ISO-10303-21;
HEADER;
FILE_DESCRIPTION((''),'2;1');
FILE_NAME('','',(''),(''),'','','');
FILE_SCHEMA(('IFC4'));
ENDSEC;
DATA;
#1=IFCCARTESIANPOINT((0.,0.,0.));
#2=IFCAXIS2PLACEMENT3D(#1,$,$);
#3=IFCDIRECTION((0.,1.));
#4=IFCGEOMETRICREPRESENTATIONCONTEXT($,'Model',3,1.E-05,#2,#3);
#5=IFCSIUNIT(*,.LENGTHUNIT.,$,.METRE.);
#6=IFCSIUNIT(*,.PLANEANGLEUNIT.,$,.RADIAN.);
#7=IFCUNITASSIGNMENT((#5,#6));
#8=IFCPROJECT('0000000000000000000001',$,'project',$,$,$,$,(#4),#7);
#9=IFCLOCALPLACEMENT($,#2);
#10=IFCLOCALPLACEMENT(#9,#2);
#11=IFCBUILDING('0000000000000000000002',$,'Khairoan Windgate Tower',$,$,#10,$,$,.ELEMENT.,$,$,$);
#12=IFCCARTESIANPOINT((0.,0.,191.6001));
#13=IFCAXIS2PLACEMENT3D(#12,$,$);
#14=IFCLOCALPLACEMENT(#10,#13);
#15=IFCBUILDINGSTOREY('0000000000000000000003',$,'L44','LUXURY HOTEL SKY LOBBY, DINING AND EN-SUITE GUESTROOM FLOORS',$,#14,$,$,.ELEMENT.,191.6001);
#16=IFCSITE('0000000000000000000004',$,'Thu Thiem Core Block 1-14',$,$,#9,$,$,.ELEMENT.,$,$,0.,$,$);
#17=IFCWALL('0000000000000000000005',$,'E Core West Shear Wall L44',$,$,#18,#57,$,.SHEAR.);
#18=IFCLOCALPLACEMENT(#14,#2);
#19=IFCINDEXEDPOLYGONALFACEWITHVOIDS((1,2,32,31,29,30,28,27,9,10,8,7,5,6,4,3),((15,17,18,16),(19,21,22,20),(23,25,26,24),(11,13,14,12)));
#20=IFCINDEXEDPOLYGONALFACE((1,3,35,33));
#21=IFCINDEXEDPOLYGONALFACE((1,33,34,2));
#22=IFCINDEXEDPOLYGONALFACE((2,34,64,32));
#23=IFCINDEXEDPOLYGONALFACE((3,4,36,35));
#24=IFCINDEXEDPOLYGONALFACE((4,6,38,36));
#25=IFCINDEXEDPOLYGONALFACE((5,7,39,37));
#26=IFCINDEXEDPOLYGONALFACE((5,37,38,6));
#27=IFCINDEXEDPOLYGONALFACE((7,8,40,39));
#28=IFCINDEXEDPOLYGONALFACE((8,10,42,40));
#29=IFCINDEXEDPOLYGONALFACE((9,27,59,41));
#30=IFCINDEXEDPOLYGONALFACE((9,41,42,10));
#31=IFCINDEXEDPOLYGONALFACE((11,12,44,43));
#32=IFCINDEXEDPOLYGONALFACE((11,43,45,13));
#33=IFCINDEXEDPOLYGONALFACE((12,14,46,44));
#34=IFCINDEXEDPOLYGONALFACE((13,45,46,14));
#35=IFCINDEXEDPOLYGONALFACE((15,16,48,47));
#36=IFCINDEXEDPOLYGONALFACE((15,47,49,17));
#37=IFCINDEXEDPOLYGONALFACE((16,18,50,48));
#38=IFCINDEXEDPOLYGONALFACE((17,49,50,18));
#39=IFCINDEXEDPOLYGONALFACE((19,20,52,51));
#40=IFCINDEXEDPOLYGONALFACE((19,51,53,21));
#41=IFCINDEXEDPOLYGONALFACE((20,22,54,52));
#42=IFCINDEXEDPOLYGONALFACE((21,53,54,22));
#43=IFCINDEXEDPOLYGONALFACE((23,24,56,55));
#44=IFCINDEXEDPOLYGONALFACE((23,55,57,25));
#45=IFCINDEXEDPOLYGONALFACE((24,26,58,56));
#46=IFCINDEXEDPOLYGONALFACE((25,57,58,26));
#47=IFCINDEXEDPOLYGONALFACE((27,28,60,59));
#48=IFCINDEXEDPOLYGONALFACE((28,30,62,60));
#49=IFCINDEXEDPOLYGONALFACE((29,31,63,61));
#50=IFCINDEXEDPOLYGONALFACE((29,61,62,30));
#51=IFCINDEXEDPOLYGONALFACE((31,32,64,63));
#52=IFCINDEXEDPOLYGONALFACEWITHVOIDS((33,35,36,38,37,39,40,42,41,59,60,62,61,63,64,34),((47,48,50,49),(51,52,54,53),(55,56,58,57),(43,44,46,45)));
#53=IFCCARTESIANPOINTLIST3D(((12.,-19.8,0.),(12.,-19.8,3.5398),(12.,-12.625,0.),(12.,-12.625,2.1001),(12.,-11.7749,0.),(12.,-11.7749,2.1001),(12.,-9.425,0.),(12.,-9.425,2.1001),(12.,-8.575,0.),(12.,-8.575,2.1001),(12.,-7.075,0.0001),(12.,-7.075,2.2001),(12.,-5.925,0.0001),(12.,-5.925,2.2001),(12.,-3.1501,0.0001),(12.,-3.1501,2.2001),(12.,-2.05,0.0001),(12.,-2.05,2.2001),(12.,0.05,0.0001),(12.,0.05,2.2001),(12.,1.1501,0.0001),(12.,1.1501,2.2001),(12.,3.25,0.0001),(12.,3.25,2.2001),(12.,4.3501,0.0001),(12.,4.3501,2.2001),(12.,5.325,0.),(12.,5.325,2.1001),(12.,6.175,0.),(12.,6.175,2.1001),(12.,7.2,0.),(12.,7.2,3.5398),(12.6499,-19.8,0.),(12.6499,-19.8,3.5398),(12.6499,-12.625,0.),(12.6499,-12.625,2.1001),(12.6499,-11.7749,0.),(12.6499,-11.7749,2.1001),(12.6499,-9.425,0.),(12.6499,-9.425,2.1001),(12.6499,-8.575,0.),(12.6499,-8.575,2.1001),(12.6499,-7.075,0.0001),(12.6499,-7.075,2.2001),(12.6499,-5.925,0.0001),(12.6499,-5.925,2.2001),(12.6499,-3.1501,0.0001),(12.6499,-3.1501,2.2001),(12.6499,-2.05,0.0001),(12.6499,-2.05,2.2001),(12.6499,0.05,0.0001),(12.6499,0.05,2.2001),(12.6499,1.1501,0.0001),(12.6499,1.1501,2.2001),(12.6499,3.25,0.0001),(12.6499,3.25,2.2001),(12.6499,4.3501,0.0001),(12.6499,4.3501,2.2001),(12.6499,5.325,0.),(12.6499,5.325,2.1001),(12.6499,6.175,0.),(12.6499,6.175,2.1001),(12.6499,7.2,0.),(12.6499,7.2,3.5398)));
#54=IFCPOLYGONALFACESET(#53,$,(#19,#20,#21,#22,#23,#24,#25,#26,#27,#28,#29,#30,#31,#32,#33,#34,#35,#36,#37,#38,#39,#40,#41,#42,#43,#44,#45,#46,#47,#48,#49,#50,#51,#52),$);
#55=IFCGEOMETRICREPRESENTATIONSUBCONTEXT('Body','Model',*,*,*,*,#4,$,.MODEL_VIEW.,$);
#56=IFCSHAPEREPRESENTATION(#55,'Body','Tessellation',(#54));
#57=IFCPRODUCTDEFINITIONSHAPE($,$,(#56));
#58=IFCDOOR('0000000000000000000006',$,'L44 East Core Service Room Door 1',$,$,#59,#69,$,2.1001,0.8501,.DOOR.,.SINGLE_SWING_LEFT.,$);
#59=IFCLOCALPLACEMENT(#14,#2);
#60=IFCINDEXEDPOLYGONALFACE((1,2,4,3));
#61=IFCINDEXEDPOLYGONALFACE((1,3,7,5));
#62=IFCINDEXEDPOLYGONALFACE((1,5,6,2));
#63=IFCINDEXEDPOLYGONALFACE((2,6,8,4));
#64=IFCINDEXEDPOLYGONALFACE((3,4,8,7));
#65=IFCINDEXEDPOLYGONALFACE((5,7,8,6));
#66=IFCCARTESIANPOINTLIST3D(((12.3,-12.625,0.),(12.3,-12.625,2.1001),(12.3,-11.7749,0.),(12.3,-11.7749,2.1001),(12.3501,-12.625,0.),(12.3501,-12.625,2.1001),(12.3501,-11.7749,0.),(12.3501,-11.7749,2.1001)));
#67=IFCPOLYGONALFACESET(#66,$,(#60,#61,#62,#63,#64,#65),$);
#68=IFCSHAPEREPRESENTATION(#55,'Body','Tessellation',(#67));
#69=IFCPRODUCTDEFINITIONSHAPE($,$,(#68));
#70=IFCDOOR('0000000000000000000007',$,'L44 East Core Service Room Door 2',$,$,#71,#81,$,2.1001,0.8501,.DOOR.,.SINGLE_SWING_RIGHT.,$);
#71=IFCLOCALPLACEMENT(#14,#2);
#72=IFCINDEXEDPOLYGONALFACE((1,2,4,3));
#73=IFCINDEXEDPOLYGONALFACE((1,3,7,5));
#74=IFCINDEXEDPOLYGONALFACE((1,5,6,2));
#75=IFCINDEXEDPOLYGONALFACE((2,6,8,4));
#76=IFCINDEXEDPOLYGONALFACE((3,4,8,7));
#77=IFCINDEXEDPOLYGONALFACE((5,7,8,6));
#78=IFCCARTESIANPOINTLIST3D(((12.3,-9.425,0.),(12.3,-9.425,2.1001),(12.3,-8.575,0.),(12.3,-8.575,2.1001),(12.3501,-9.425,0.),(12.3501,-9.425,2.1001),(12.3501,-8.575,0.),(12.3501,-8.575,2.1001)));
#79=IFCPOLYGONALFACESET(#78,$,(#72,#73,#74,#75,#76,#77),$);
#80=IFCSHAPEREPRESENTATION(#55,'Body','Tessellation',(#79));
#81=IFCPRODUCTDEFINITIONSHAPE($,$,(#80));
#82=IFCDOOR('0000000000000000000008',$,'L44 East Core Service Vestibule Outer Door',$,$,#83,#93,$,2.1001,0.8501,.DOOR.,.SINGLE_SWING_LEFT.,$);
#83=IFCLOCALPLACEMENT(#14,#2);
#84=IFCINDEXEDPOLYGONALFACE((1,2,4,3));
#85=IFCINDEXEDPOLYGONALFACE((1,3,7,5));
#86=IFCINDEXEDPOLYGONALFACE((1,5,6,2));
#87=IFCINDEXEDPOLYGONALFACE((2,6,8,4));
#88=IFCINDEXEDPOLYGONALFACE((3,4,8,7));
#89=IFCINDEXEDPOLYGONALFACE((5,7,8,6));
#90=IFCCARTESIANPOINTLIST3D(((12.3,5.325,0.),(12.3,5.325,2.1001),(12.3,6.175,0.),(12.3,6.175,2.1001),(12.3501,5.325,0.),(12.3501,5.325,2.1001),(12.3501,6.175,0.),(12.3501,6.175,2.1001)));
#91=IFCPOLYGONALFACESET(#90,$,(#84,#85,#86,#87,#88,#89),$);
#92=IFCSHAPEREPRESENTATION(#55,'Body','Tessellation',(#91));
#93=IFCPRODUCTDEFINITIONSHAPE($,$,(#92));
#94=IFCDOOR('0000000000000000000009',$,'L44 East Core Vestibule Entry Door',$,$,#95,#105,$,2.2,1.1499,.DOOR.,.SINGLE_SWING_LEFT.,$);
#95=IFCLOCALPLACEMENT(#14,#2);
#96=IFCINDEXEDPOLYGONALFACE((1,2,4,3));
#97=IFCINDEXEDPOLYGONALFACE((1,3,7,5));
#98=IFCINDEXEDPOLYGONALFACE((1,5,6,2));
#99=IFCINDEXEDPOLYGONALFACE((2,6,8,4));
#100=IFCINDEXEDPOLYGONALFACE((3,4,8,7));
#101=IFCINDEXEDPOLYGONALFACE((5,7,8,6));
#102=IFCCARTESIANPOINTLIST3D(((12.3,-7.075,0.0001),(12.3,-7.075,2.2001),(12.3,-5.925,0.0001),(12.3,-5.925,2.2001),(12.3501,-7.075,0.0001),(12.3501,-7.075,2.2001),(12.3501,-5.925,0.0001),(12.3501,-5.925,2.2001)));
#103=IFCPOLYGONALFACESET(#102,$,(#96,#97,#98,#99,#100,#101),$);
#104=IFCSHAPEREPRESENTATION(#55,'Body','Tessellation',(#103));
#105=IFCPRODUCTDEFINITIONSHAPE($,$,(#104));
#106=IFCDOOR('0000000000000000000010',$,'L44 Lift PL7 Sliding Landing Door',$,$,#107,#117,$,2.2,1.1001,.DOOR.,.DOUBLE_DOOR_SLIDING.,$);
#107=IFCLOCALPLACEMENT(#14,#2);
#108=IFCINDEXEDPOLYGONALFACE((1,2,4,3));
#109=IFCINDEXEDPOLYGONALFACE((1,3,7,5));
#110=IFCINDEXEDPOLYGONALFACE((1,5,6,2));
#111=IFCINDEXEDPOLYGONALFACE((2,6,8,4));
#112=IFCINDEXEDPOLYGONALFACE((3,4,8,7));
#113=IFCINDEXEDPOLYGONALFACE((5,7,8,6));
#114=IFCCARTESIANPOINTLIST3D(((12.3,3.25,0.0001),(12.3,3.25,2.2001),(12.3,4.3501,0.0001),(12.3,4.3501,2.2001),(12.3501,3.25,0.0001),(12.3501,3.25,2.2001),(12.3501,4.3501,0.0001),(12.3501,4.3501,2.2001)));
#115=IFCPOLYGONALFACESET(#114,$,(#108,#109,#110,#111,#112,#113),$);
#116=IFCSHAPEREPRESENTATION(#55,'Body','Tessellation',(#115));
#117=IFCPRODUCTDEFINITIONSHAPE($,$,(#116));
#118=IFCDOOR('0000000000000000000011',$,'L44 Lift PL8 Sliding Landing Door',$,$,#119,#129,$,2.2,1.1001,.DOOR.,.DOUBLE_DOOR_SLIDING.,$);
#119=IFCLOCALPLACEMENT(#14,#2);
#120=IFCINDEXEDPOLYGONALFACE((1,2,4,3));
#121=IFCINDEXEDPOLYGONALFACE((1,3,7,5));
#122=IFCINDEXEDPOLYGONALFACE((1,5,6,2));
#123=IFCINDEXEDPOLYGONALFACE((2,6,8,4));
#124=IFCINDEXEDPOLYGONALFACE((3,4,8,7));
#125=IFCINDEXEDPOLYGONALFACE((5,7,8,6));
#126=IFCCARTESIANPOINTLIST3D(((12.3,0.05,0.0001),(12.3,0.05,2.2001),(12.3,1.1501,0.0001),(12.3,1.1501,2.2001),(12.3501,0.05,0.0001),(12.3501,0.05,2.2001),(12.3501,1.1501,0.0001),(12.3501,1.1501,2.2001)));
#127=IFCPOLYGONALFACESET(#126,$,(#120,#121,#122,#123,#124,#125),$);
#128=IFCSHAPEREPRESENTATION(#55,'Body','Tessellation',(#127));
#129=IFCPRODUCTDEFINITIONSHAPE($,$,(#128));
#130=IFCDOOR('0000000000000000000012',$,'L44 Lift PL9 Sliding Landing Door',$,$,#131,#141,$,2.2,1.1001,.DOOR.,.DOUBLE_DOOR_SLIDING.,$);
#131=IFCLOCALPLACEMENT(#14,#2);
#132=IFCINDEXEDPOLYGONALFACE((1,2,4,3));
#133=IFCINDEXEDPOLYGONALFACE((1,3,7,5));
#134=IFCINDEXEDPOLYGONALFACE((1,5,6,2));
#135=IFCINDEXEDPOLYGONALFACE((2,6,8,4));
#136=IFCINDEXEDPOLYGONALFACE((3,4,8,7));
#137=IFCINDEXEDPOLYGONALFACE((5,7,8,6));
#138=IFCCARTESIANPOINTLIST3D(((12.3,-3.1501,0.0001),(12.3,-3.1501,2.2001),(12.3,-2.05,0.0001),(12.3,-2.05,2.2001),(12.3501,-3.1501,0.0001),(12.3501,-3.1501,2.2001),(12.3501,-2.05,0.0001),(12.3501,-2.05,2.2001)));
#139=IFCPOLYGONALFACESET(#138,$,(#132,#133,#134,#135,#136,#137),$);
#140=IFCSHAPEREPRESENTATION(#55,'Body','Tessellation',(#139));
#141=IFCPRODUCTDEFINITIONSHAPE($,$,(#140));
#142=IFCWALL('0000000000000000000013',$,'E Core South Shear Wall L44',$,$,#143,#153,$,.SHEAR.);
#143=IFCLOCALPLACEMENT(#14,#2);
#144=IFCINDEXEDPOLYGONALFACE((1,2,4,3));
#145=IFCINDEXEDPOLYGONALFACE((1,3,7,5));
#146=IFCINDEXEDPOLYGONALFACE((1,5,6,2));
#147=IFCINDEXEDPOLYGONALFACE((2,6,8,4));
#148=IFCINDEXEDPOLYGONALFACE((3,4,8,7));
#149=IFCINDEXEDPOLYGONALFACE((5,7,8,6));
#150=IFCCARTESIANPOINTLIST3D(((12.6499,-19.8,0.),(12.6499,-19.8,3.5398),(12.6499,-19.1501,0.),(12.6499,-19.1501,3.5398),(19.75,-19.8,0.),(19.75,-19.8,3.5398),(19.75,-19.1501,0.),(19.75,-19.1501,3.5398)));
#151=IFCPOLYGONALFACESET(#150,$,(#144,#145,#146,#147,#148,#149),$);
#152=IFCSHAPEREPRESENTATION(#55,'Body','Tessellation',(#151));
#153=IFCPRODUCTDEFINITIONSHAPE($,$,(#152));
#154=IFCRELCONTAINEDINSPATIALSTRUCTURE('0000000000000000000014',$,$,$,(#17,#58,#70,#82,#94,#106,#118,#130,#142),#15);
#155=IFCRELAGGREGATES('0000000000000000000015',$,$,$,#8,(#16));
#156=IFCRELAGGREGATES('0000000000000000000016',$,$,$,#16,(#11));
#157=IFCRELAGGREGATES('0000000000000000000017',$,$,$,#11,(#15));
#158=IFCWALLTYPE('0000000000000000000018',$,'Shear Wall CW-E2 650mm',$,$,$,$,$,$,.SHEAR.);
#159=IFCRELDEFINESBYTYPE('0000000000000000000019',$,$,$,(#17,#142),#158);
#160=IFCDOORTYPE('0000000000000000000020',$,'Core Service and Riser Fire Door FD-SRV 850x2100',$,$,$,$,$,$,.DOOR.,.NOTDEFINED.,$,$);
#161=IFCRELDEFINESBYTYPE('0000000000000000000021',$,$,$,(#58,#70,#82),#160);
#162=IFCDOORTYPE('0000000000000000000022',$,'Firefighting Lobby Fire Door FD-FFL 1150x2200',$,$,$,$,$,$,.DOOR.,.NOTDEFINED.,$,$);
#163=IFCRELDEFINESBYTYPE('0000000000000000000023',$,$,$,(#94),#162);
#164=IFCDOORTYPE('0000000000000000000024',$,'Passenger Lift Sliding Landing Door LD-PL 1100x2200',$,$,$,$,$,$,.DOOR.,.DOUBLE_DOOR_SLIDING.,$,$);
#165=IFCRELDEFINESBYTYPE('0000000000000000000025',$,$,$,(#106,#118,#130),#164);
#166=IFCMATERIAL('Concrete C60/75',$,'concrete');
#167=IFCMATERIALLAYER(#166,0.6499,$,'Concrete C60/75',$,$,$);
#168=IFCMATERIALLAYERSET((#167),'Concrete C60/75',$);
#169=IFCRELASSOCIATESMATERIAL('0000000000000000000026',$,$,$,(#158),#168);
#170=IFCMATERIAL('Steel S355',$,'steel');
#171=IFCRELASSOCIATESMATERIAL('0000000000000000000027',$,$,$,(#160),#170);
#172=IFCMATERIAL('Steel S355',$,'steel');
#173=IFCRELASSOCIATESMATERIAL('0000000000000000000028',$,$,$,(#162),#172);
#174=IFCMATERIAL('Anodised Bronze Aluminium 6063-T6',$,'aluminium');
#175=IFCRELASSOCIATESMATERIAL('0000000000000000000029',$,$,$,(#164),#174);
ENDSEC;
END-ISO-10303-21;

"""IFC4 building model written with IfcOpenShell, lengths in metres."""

from ifc_helpers import new_model, si_unit, direction, frame, frame_2d, origin, place, context, subcontext, project, spatial, rectangle, extrude, material, layer, layer_set, type_object, element, fill, save


model = new_model("IFC4")

# Units and contexts
model_context = context("Model", 3, precision=1e-05, world=origin(), true_north=direction((0.0, 1.0)))
body_context = subcontext(model_context, "Body", "Model", "MODEL_VIEW")
ifc_project = project(units=[si_unit("LENGTHUNIT", "METRE"), si_unit("PLANEANGLEUNIT", "RADIAN")], contexts=[model_context])

# Site, building, storey
site_placement = place(None, origin())
site = spatial("IfcSite", under=ifc_project, at=site_placement, Name="Thu Thiem Core Block 1-14", CompositionType="ELEMENT", RefElevation=0.0)
building_placement = place(site_placement, origin())
building = spatial("IfcBuilding", under=site, at=building_placement, Name="Khairoan Windgate Tower", CompositionType="ELEMENT")
storey_placement = place(building_placement, frame((0.0, 0.0, 191.6001)))
storey = spatial("IfcBuildingStorey", under=building, at=storey_placement, Name="L44", Description="LUXURY HOTEL SKY LOBBY, DINING AND EN-SUITE GUESTROOM FLOORS", CompositionType="ELEMENT", Elevation=191.6001)

# Wall, openings, doors
ifc_material_1 = material(Name="Concrete C60/75", Category="concrete")
ifc_layer_1 = layer(ifc_material_1, 0.6499, Name="Concrete C60/75")
ifc_layer_set_1 = layer_set([ifc_layer_1], Name="Concrete C60/75")
wall_type_1 = type_object("IfcWallType", Name="Shear Wall CW-E2 650mm", PredefinedType="SHEAR", material=ifc_layer_set_1)
wall_1_placement = place(storey_placement, frame((12.325, -19.8, 0.0), z_axis=(0.0, 0.0, 1.0), x_axis=(0.0, 1.0, 0.0)))
wall_1 = element("IfcWall", 1, at=wall_1_placement, inside=storey, type_object=wall_type_1, Name="E Core West Shear Wall L44", PredefinedType="SHEAR", context=body_context, shape_type="SweptSolid", body=[
    extrude(rectangle(XDim=27.0, YDim=0.6499, at=frame_2d((13.5, 0.0))), origin(), (0.0, 0.0, 1.0), 3.5398),
])
opening_1_placement = place(wall_1_placement, frame((23.05, 0.0, 0.0)))
opening_1 = element("IfcOpeningElement", 2, at=opening_1_placement, cuts=wall_1, PredefinedType="OPENING", context=body_context, shape_type="SweptSolid", body=[
    extrude(rectangle(XDim=1.1001, YDim=2.2, at=frame_2d((0.55, 1.1001))), frame((0.0, 0.335, 0.0), z_axis=(0.0, -1.0, 0.0), x_axis=(1.0, 0.0, 0.0)), (0.0, 0.0, 1.0), 0.6699),
])
opening_2_placement = place(wall_1_placement, frame((19.8501, 0.0, 0.0)))
opening_2 = element("IfcOpeningElement", 3, at=opening_2_placement, cuts=wall_1, PredefinedType="OPENING", context=body_context, shape_type="SweptSolid", body=[
    extrude(rectangle(XDim=1.1001, YDim=2.2, at=frame_2d((0.55, 1.1001))), frame((0.0, 0.335, 0.0), z_axis=(0.0, -1.0, 0.0), x_axis=(1.0, 0.0, 0.0)), (0.0, 0.0, 1.0), 0.6699),
])
opening_3_placement = place(wall_1_placement, frame((16.6499, 0.0, 0.0)))
opening_3 = element("IfcOpeningElement", 4, at=opening_3_placement, cuts=wall_1, PredefinedType="OPENING", context=body_context, shape_type="SweptSolid", body=[
    extrude(rectangle(XDim=1.1001, YDim=2.2, at=frame_2d((0.55, 1.1001))), frame((0.0, 0.335, 0.0), z_axis=(0.0, -1.0, 0.0), x_axis=(1.0, 0.0, 0.0)), (0.0, 0.0, 1.0), 0.6699),
])
opening_4_placement = place(wall_1_placement, frame((7.175, 0.0, 0.0)))
opening_4 = element("IfcOpeningElement", 5, at=opening_4_placement, cuts=wall_1, PredefinedType="OPENING", context=body_context, shape_type="SweptSolid", body=[
    extrude(rectangle(XDim=0.8501, YDim=2.1001, at=frame_2d((0.425, 1.05))), frame((0.0, 0.335, 0.0), z_axis=(0.0, -1.0, 0.0), x_axis=(1.0, 0.0, 0.0)), (0.0, 0.0, 1.0), 0.6699),
])
opening_5_placement = place(wall_1_placement, frame((10.375, 0.0, 0.0)))
opening_5 = element("IfcOpeningElement", 6, at=opening_5_placement, cuts=wall_1, PredefinedType="OPENING", context=body_context, shape_type="SweptSolid", body=[
    extrude(rectangle(XDim=0.8501, YDim=2.1001, at=frame_2d((0.425, 1.05))), frame((0.0, 0.335, 0.0), z_axis=(0.0, -1.0, 0.0), x_axis=(1.0, 0.0, 0.0)), (0.0, 0.0, 1.0), 0.6699),
])
opening_6_placement = place(wall_1_placement, frame((12.7251, 0.0, 0.0)))
opening_6 = element("IfcOpeningElement", 7, at=opening_6_placement, cuts=wall_1, PredefinedType="OPENING", context=body_context, shape_type="SweptSolid", body=[
    extrude(rectangle(XDim=1.1499, YDim=2.2, at=frame_2d((0.575, 1.1001))), frame((0.0, 0.335, 0.0), z_axis=(0.0, -1.0, 0.0), x_axis=(1.0, 0.0, 0.0)), (0.0, 0.0, 1.0), 0.6699),
])
opening_7_placement = place(wall_1_placement, frame((25.125, 0.0, 0.0)))
opening_7 = element("IfcOpeningElement", 8, at=opening_7_placement, cuts=wall_1, PredefinedType="OPENING", context=body_context, shape_type="SweptSolid", body=[
    extrude(rectangle(XDim=0.8501, YDim=2.1001, at=frame_2d((0.425, 1.05))), frame((0.0, 0.335, 0.0), z_axis=(0.0, -1.0, 0.0), x_axis=(1.0, 0.0, 0.0)), (0.0, 0.0, 1.0), 0.6699),
])
ifc_material_2 = material(Name="Steel S355", Category="steel")
door_type_1 = type_object("IfcDoorType", Name="Core Service and Riser Fire Door FD-SRV 850x2100", OperationType="NOTDEFINED", PredefinedType="DOOR", material=ifc_material_2)
door_1_placement = place(opening_4_placement, origin())
door_1 = element("IfcDoor", 9, at=door_1_placement, inside=storey, type_object=door_type_1, Name="L44 East Core Service Room Door 1", OperationType="SINGLE_SWING_LEFT", OverallHeight=2.1001, OverallWidth=0.8501, PredefinedType="DOOR", context=body_context, shape_type="SweptSolid", body=[
    extrude(rectangle(XDim=0.8501, YDim=2.1001, at=frame_2d((0.425, 1.05))), frame((0.0, 0.0249, 0.0), z_axis=(0.0, -1.0, 0.0), x_axis=(1.0, 0.0, 0.0)), (0.0, 0.0, 1.0), 0.05),
])
fill(opening_4, door_1)
door_2_placement = place(opening_5_placement, origin())
door_2 = element("IfcDoor", 10, at=door_2_placement, inside=storey, type_object=door_type_1, Name="L44 East Core Service Room Door 2", OperationType="SINGLE_SWING_RIGHT", OverallHeight=2.1001, OverallWidth=0.8501, PredefinedType="DOOR", context=body_context, shape_type="SweptSolid", body=[
    extrude(rectangle(XDim=0.8501, YDim=2.1001, at=frame_2d((0.425, 1.05))), frame((0.0, 0.0249, 0.0), z_axis=(0.0, -1.0, 0.0), x_axis=(1.0, 0.0, 0.0)), (0.0, 0.0, 1.0), 0.05),
])
fill(opening_5, door_2)
door_3_placement = place(opening_7_placement, origin())
door_3 = element("IfcDoor", 11, at=door_3_placement, inside=storey, type_object=door_type_1, Name="L44 East Core Service Vestibule Outer Door", OperationType="SINGLE_SWING_LEFT", OverallHeight=2.1001, OverallWidth=0.8501, PredefinedType="DOOR", context=body_context, shape_type="SweptSolid", body=[
    extrude(rectangle(XDim=0.8501, YDim=2.1001, at=frame_2d((0.425, 1.05))), frame((0.0, 0.0249, 0.0), z_axis=(0.0, -1.0, 0.0), x_axis=(1.0, 0.0, 0.0)), (0.0, 0.0, 1.0), 0.05),
])
fill(opening_7, door_3)
ifc_material_3 = material(Name="Steel S355", Category="steel")
door_type_2 = type_object("IfcDoorType", Name="Firefighting Lobby Fire Door FD-FFL 1150x2200", OperationType="NOTDEFINED", PredefinedType="DOOR", material=ifc_material_3)
door_4_placement = place(opening_6_placement, origin())
door_4 = element("IfcDoor", 12, at=door_4_placement, inside=storey, type_object=door_type_2, Name="L44 East Core Vestibule Entry Door", OperationType="SINGLE_SWING_LEFT", OverallHeight=2.2, OverallWidth=1.1499, PredefinedType="DOOR", context=body_context, shape_type="SweptSolid", body=[
    extrude(rectangle(XDim=1.1499, YDim=2.2, at=frame_2d((0.575, 1.1001))), frame((0.0, 0.0249, 0.0), z_axis=(0.0, -1.0, 0.0), x_axis=(1.0, 0.0, 0.0)), (0.0, 0.0, 1.0), 0.05),
])
fill(opening_6, door_4)
ifc_material_4 = material(Name="Anodised Bronze Aluminium 6063-T6", Category="aluminium")
door_type_3 = type_object("IfcDoorType", Name="Passenger Lift Sliding Landing Door LD-PL 1100x2200", OperationType="DOUBLE_DOOR_SLIDING", PredefinedType="DOOR", material=ifc_material_4)
door_5_placement = place(opening_1_placement, origin())
door_5 = element("IfcDoor", 13, at=door_5_placement, inside=storey, type_object=door_type_3, Name="L44 Lift PL7 Sliding Landing Door", OperationType="DOUBLE_DOOR_SLIDING", OverallHeight=2.2, OverallWidth=1.1001, PredefinedType="DOOR", context=body_context, shape_type="SweptSolid", body=[
    extrude(rectangle(XDim=1.1001, YDim=2.2, at=frame_2d((0.55, 1.1001))), frame((0.0, 0.0249, 0.0), z_axis=(0.0, -1.0, 0.0), x_axis=(1.0, 0.0, 0.0)), (0.0, 0.0, 1.0), 0.05),
])
fill(opening_1, door_5)
door_6_placement = place(opening_2_placement, origin())
door_6 = element("IfcDoor", 14, at=door_6_placement, inside=storey, type_object=door_type_3, Name="L44 Lift PL8 Sliding Landing Door", OperationType="DOUBLE_DOOR_SLIDING", OverallHeight=2.2, OverallWidth=1.1001, PredefinedType="DOOR", context=body_context, shape_type="SweptSolid", body=[
    extrude(rectangle(XDim=1.1001, YDim=2.2, at=frame_2d((0.55, 1.1001))), frame((0.0, 0.0249, 0.0), z_axis=(0.0, -1.0, 0.0), x_axis=(1.0, 0.0, 0.0)), (0.0, 0.0, 1.0), 0.05),
])
fill(opening_2, door_6)
door_7_placement = place(opening_3_placement, origin())
door_7 = element("IfcDoor", 15, at=door_7_placement, inside=storey, type_object=door_type_3, Name="L44 Lift PL9 Sliding Landing Door", OperationType="DOUBLE_DOOR_SLIDING", OverallHeight=2.2, OverallWidth=1.1001, PredefinedType="DOOR", context=body_context, shape_type="SweptSolid", body=[
    extrude(rectangle(XDim=1.1001, YDim=2.2, at=frame_2d((0.55, 1.1001))), frame((0.0, 0.0249, 0.0), z_axis=(0.0, -1.0, 0.0), x_axis=(1.0, 0.0, 0.0)), (0.0, 0.0, 1.0), 0.05),
])
fill(opening_3, door_7)

# Wall
wall_2_placement = place(storey_placement, frame((12.6499, -19.4751, 0.0), z_axis=(0.0, 0.0, 1.0), x_axis=(1.0, 0.0, 0.0)))
element("IfcWall", 16, at=wall_2_placement, inside=storey, type_object=wall_type_1, Name="E Core South Shear Wall L44", PredefinedType="SHEAR", context=body_context, shape_type="SweptSolid", body=[
    extrude(rectangle(XDim=7.1001, YDim=0.6499, at=frame_2d((3.55, 0.0))), origin(), (0.0, 0.0, 1.0), 3.5398),
])

save(model, "model.ifc")
